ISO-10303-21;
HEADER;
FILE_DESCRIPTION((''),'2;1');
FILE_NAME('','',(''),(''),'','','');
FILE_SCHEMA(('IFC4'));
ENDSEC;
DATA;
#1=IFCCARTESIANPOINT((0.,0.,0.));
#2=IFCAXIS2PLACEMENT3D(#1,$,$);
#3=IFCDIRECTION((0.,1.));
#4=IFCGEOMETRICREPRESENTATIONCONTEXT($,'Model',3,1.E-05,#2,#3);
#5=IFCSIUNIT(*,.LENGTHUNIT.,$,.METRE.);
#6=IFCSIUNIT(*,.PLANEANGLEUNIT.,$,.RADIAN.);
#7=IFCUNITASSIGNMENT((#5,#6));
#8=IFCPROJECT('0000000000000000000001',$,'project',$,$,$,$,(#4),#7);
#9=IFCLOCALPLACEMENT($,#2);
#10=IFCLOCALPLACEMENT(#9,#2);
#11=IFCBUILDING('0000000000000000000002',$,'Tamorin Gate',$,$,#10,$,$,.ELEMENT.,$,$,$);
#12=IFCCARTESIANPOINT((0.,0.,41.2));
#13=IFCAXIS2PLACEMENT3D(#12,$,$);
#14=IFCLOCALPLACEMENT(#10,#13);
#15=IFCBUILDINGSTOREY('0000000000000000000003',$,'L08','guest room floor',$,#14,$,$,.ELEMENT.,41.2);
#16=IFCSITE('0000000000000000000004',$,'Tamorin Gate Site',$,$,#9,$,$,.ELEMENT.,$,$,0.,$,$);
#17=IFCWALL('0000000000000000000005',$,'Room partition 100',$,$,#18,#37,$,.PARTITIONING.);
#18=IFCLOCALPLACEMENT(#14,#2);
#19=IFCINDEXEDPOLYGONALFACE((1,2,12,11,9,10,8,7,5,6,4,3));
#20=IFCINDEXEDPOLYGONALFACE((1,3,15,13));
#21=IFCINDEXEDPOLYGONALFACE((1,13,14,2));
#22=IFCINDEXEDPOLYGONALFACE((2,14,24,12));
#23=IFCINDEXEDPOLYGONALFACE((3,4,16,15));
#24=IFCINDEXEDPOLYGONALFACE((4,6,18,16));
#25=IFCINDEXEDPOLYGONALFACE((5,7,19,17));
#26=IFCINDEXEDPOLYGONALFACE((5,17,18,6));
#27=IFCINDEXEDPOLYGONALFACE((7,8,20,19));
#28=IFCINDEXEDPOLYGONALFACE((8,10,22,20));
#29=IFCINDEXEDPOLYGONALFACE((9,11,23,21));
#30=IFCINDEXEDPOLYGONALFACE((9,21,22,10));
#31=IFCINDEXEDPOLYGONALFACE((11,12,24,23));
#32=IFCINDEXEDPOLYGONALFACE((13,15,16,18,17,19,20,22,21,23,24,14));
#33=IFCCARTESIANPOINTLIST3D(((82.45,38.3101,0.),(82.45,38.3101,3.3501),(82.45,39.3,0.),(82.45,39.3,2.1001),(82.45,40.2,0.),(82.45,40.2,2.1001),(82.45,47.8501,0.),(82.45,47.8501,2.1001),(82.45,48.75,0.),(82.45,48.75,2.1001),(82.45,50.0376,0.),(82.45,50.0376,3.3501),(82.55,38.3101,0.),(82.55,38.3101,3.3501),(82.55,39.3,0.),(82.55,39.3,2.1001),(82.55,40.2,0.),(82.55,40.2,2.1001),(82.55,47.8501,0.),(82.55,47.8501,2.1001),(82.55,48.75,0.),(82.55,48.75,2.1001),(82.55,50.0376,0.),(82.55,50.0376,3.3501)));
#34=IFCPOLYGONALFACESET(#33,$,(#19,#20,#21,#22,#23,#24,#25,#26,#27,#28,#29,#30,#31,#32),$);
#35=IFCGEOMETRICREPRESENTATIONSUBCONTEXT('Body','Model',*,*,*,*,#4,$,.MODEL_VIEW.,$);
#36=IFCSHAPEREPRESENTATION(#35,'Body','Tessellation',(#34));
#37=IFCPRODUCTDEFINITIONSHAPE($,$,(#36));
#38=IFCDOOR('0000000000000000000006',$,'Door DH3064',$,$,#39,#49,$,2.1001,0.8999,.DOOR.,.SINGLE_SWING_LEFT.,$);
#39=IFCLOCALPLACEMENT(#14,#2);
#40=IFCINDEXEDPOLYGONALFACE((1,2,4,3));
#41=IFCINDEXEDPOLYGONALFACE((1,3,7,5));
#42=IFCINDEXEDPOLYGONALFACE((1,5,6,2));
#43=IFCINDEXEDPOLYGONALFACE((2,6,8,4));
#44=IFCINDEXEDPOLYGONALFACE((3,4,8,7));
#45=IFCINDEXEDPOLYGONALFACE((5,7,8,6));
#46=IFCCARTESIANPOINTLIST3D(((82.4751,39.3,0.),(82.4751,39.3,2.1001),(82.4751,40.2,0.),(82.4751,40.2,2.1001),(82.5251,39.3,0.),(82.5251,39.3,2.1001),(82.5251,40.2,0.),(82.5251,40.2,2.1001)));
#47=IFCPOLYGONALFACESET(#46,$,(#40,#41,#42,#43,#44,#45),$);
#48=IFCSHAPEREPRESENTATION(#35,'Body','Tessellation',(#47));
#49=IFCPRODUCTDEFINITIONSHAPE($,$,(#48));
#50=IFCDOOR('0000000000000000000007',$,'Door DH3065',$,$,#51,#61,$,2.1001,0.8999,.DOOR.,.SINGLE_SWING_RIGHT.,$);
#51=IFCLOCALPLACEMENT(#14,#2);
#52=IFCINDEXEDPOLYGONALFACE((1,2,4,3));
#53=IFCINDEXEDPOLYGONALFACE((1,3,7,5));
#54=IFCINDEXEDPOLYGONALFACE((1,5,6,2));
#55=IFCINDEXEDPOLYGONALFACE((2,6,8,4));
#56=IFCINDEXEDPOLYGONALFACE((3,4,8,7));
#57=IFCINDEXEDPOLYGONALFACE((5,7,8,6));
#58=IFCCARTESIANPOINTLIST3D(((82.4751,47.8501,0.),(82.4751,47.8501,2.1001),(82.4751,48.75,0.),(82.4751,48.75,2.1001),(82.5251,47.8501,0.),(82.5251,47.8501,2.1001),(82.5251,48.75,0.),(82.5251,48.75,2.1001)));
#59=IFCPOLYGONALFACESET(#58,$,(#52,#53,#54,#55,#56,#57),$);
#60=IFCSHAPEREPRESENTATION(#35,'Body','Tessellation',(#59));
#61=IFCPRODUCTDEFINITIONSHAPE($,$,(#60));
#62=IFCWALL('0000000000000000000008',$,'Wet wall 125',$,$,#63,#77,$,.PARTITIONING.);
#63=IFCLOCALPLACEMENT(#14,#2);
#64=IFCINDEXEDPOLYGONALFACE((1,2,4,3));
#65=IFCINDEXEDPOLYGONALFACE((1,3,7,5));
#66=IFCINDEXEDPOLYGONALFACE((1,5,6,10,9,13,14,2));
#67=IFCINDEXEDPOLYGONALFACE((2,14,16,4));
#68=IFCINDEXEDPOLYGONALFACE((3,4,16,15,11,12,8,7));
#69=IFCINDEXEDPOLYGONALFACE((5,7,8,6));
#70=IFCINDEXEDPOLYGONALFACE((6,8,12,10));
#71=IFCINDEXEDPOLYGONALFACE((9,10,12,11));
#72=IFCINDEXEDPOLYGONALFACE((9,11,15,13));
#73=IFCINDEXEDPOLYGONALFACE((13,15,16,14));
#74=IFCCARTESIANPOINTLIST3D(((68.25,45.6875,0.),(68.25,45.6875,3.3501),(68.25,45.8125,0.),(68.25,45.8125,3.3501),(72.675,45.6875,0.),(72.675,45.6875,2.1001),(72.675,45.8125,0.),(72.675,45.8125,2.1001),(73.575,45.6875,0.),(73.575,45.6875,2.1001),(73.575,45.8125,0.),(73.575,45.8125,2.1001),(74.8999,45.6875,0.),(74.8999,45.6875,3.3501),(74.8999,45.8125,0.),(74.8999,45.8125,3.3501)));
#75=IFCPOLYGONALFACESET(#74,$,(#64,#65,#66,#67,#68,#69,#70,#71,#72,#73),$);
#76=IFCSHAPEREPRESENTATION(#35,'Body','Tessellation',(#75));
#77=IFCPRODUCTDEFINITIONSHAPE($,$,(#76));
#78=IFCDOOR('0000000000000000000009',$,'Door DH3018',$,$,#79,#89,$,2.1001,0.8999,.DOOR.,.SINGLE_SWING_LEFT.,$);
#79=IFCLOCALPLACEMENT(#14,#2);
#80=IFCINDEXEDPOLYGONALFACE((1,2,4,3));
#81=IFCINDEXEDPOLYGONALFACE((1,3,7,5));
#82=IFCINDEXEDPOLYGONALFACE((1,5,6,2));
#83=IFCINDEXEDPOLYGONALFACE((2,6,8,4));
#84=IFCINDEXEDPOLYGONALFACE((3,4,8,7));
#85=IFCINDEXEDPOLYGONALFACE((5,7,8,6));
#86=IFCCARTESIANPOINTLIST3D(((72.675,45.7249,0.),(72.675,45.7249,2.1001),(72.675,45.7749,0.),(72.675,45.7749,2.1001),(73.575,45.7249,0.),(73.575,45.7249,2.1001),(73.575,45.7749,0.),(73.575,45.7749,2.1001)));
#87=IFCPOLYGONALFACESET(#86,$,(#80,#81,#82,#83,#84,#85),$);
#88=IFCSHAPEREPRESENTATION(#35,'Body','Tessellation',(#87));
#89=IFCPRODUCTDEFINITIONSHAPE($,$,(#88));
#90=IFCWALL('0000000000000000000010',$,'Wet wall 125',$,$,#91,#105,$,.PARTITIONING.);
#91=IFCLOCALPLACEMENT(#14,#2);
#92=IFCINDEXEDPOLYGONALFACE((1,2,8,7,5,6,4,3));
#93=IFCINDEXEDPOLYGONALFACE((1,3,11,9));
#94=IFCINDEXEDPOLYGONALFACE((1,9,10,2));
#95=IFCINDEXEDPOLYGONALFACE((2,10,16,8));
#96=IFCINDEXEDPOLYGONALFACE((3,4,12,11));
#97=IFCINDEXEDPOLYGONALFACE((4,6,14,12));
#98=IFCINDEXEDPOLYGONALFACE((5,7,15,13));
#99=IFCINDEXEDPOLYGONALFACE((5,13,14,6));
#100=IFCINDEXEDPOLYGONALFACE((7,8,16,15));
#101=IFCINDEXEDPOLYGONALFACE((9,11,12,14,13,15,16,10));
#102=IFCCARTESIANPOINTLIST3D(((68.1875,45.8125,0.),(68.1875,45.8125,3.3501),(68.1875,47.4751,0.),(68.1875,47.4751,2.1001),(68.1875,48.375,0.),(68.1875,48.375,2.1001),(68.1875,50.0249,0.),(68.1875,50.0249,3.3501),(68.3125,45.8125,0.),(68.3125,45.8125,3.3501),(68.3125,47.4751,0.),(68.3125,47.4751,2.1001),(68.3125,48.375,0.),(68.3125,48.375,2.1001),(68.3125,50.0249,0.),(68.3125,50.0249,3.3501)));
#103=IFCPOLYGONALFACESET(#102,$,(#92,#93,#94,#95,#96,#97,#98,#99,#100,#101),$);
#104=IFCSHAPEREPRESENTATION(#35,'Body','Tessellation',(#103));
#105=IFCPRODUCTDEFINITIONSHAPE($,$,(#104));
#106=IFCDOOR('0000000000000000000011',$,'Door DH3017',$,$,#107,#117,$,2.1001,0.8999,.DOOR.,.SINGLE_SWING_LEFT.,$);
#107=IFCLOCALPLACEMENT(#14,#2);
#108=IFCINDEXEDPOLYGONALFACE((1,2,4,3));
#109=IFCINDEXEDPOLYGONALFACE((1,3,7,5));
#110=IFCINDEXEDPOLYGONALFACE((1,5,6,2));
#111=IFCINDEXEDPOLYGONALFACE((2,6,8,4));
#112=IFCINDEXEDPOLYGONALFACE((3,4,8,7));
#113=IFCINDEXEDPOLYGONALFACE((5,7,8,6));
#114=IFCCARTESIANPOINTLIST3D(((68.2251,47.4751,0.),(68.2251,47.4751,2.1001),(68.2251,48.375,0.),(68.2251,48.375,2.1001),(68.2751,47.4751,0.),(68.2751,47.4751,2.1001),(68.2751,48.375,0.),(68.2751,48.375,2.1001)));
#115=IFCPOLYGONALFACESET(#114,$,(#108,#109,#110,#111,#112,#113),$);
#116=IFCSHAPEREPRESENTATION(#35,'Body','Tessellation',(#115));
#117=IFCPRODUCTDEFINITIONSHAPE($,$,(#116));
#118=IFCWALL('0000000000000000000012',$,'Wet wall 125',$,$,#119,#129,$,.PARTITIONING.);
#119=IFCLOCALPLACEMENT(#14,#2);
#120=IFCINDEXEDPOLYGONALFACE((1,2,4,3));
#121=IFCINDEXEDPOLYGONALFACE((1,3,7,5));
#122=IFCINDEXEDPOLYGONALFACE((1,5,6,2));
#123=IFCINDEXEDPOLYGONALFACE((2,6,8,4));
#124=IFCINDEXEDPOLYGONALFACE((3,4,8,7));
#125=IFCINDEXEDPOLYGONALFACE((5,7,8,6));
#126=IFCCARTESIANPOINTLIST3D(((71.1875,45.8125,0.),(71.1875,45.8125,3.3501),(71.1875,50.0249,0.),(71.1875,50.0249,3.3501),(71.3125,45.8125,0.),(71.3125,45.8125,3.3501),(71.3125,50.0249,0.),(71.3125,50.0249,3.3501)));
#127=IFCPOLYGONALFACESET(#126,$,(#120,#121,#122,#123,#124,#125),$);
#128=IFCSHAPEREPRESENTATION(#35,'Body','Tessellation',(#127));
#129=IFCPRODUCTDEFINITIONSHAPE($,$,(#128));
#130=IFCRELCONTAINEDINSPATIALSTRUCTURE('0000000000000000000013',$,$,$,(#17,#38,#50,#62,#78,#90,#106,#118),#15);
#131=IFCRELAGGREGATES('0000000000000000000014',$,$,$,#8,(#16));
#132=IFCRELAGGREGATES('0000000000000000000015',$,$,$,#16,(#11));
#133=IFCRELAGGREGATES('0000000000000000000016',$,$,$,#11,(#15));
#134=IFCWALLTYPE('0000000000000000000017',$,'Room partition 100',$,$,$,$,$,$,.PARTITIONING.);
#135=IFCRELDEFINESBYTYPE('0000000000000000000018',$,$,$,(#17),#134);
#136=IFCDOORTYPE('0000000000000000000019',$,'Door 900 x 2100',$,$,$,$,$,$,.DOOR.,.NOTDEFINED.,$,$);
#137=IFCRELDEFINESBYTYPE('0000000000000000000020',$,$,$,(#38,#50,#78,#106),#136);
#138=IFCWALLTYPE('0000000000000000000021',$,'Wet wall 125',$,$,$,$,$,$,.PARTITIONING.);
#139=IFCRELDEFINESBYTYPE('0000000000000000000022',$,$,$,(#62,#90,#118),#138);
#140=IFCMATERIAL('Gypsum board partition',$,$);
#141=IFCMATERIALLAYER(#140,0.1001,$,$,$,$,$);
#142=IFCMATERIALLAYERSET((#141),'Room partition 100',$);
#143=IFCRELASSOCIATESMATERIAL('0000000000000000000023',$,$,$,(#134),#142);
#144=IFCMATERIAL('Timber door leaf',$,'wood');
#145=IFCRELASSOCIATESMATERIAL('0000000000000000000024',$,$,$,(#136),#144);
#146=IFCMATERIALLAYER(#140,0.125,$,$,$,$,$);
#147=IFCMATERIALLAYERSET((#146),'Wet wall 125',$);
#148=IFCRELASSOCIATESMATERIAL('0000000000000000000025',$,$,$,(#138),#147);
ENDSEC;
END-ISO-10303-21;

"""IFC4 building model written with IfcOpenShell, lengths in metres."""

from ifc_helpers import new_model, si_unit, direction, frame, frame_2d, origin, place, context, subcontext, project, spatial, rectangle, extrude, material, layer, layer_set, type_object, element, fill, save


model = new_model("IFC4")

# Units and contexts
model_context = context("Model", 3, precision=1e-05, world=origin(), true_north=direction((0.0, 1.0)))
body_context = subcontext(model_context, "Body", "Model", "MODEL_VIEW")
ifc_project = project(units=[si_unit("LENGTHUNIT", "METRE"), si_unit("PLANEANGLEUNIT", "RADIAN")], contexts=[model_context])

# Site, building, storey
site_placement = place(None, origin())
site = spatial("IfcSite", under=ifc_project, at=site_placement, Name="Tamorin Gate Site", CompositionType="ELEMENT", RefElevation=0.0)
building_placement = place(site_placement, origin())
building = spatial("IfcBuilding", under=site, at=building_placement, Name="Tamorin Gate", CompositionType="ELEMENT")
storey_placement = place(building_placement, frame((0.0, 0.0, 41.2)))
storey = spatial("IfcBuildingStorey", under=building, at=storey_placement, Name="L08", Description="guest room floor", CompositionType="ELEMENT", Elevation=41.2)

# Shared definitions
ifc_material_1 = material(Name="Gypsum board partition")
ifc_layer_1 = layer(ifc_material_1, 0.1001)
ifc_layer_set_1 = layer_set([ifc_layer_1], Name="Room partition 100")
wall_type_1 = type_object("IfcWallType", Name="Room partition 100", PredefinedType="PARTITIONING", material=ifc_layer_set_1)

# Shared definitions
ifc_material_2 = material(Name="Timber door leaf", Category="wood")
door_type = type_object("IfcDoorType", Name="Door 900 x 2100", OperationType="NOTDEFINED", PredefinedType="DOOR", material=ifc_material_2)

# Wall, openings, doors
wall_1_placement = place(storey_placement, frame((82.5, 38.3101, 0.0), z_axis=(0.0, 0.0, 1.0), x_axis=(0.0, 1.0, 0.0)))
wall_1 = element("IfcWall", 1, at=wall_1_placement, inside=storey, type_object=wall_type_1, Name="Room partition 100", PredefinedType="PARTITIONING", context=body_context, shape_type="SweptSolid", body=[
    extrude(rectangle(XDim=11.7275, YDim=0.1001, at=frame_2d((5.8638, 0.0))), origin(), (0.0, 0.0, 1.0), 3.3501),
])
opening_1_placement = place(wall_1_placement, frame((0.99, 0.0, 0.0)))
opening_1 = element("IfcOpeningElement", 2, at=opening_1_placement, cuts=wall_1, PredefinedType="OPENING", context=body_context, shape_type="SweptSolid", body=[
    extrude(rectangle(XDim=0.8999, YDim=2.1001, at=frame_2d((0.45, 1.05))), frame((0.0, 0.0601, 0.0), z_axis=(0.0, -1.0, 0.0), x_axis=(1.0, 0.0, 0.0)), (0.0, 0.0, 1.0), 0.1201),
])
opening_2_placement = place(wall_1_placement, frame((9.54, 0.0, 0.0)))
opening_2 = element("IfcOpeningElement", 3, at=opening_2_placement, cuts=wall_1, PredefinedType="OPENING", context=body_context, shape_type="SweptSolid", body=[
    extrude(rectangle(XDim=0.8999, YDim=2.1001, at=frame_2d((0.45, 1.05))), frame((0.0, 0.0601, 0.0), z_axis=(0.0, -1.0, 0.0), x_axis=(1.0, 0.0, 0.0)), (0.0, 0.0, 1.0), 0.1201),
])
door_1_placement = place(opening_1_placement, origin())
door_1 = element("IfcDoor", 4, at=door_1_placement, inside=storey, type_object=door_type, Name="Door DH3064", OperationType="SINGLE_SWING_LEFT", OverallHeight=2.1001, OverallWidth=0.8999, PredefinedType="DOOR", context=body_context, shape_type="SweptSolid", body=[
    extrude(rectangle(XDim=0.8999, YDim=2.1001, at=frame_2d((0.45, 1.05))), frame((0.0, 0.0249, 0.0), z_axis=(0.0, -1.0, 0.0), x_axis=(1.0, 0.0, 0.0)), (0.0, 0.0, 1.0), 0.05),
])
fill(opening_1, door_1)
door_2_placement = place(opening_2_placement, origin())
door_2 = element("IfcDoor", 5, at=door_2_placement, inside=storey, type_object=door_type, Name="Door DH3065", OperationType="SINGLE_SWING_RIGHT", OverallHeight=2.1001, OverallWidth=0.8999, PredefinedType="DOOR", context=body_context, shape_type="SweptSolid", body=[
    extrude(rectangle(XDim=0.8999, YDim=2.1001, at=frame_2d((0.45, 1.05))), frame((0.0, 0.0249, 0.0), z_axis=(0.0, -1.0, 0.0), x_axis=(1.0, 0.0, 0.0)), (0.0, 0.0, 1.0), 0.05),
])
fill(opening_2, door_2)

# Walls, openings, doors
ifc_layer_2 = layer(ifc_material_1, 0.125)
ifc_layer_set_2 = layer_set([ifc_layer_2], Name="Wet wall 125")
wall_type_2 = type_object("IfcWallType", Name="Wet wall 125", PredefinedType="PARTITIONING", material=ifc_layer_set_2)
wall_2_placement = place(storey_placement, frame((68.25, 45.75, 0.0), z_axis=(0.0, 0.0, 1.0), x_axis=(1.0, 0.0, 0.0)))
wall_2 = element("IfcWall", 6, at=wall_2_placement, inside=storey, type_object=wall_type_2, Name="Wet wall 125", PredefinedType="PARTITIONING", context=body_context, shape_type="SweptSolid", body=[
    extrude(rectangle(XDim=6.6499, YDim=0.125, at=frame_2d((3.325, 0.0))), origin(), (0.0, 0.0, 1.0), 3.3501),
])
opening_3_placement = place(wall_2_placement, frame((4.425, 0.0, 0.0)))
opening_3 = element("IfcOpeningElement", 7, at=opening_3_placement, cuts=wall_2, PredefinedType="OPENING", context=body_context, shape_type="SweptSolid", body=[
    extrude(rectangle(XDim=0.8999, YDim=2.1001, at=frame_2d((0.45, 1.05))), frame((0.0, 0.0725, 0.0), z_axis=(0.0, -1.0, 0.0), x_axis=(1.0, 0.0, 0.0)), (0.0, 0.0, 1.0), 0.145),
])
door_3_placement = place(opening_3_placement, origin())
door_3 = element("IfcDoor", 8, at=door_3_placement, inside=storey, type_object=door_type, Name="Door DH3018", OperationType="SINGLE_SWING_LEFT", OverallHeight=2.1001, OverallWidth=0.8999, PredefinedType="DOOR", context=body_context, shape_type="SweptSolid", body=[
    extrude(rectangle(XDim=0.8999, YDim=2.1001, at=frame_2d((0.45, 1.05))), frame((0.0, 0.0249, 0.0), z_axis=(0.0, -1.0, 0.0), x_axis=(1.0, 0.0, 0.0)), (0.0, 0.0, 1.0), 0.05),
])
fill(opening_3, door_3)
wall_3_placement = place(storey_placement, frame((68.25, 45.8125, 0.0), z_axis=(0.0, 0.0, 1.0), x_axis=(0.0, 1.0, 0.0)))
wall_3 = element("IfcWall", 9, at=wall_3_placement, inside=storey, type_object=wall_type_2, Name="Wet wall 125", PredefinedType="PARTITIONING", context=body_context, shape_type="SweptSolid", body=[
    extrude(rectangle(XDim=4.2124, YDim=0.125, at=frame_2d((2.1062, 0.0))), origin(), (0.0, 0.0, 1.0), 3.3501),
])
opening_4_placement = place(wall_3_placement, frame((1.6626, 0.0, 0.0)))
opening_4 = element("IfcOpeningElement", 10, at=opening_4_placement, cuts=wall_3, PredefinedType="OPENING", context=body_context, shape_type="SweptSolid", body=[
    extrude(rectangle(XDim=0.8999, YDim=2.1001, at=frame_2d((0.45, 1.05))), frame((0.0, 0.0725, 0.0), z_axis=(0.0, -1.0, 0.0), x_axis=(1.0, 0.0, 0.0)), (0.0, 0.0, 1.0), 0.145),
])
door_4_placement = place(opening_4_placement, origin())
door_4 = element("IfcDoor", 11, at=door_4_placement, inside=storey, type_object=door_type, Name="Door DH3017", OperationType="SINGLE_SWING_LEFT", OverallHeight=2.1001, OverallWidth=0.8999, PredefinedType="DOOR", context=body_context, shape_type="SweptSolid", body=[
    extrude(rectangle(XDim=0.8999, YDim=2.1001, at=frame_2d((0.45, 1.05))), frame((0.0, 0.0249, 0.0), z_axis=(0.0, -1.0, 0.0), x_axis=(1.0, 0.0, 0.0)), (0.0, 0.0, 1.0), 0.05),
])
fill(opening_4, door_4)

# Wall
wall_4_placement = place(storey_placement, frame((71.25, 45.8125, 0.0), z_axis=(0.0, 0.0, 1.0), x_axis=(0.0, 1.0, 0.0)))
element("IfcWall", 12, at=wall_4_placement, inside=storey, type_object=wall_type_2, Name="Wet wall 125", PredefinedType="PARTITIONING", context=body_context, shape_type="SweptSolid", body=[
    extrude(rectangle(XDim=4.2124, YDim=0.125, at=frame_2d((2.1062, 0.0))), origin(), (0.0, 0.0, 1.0), 3.3501),
])

save(model, "model.ifc")
